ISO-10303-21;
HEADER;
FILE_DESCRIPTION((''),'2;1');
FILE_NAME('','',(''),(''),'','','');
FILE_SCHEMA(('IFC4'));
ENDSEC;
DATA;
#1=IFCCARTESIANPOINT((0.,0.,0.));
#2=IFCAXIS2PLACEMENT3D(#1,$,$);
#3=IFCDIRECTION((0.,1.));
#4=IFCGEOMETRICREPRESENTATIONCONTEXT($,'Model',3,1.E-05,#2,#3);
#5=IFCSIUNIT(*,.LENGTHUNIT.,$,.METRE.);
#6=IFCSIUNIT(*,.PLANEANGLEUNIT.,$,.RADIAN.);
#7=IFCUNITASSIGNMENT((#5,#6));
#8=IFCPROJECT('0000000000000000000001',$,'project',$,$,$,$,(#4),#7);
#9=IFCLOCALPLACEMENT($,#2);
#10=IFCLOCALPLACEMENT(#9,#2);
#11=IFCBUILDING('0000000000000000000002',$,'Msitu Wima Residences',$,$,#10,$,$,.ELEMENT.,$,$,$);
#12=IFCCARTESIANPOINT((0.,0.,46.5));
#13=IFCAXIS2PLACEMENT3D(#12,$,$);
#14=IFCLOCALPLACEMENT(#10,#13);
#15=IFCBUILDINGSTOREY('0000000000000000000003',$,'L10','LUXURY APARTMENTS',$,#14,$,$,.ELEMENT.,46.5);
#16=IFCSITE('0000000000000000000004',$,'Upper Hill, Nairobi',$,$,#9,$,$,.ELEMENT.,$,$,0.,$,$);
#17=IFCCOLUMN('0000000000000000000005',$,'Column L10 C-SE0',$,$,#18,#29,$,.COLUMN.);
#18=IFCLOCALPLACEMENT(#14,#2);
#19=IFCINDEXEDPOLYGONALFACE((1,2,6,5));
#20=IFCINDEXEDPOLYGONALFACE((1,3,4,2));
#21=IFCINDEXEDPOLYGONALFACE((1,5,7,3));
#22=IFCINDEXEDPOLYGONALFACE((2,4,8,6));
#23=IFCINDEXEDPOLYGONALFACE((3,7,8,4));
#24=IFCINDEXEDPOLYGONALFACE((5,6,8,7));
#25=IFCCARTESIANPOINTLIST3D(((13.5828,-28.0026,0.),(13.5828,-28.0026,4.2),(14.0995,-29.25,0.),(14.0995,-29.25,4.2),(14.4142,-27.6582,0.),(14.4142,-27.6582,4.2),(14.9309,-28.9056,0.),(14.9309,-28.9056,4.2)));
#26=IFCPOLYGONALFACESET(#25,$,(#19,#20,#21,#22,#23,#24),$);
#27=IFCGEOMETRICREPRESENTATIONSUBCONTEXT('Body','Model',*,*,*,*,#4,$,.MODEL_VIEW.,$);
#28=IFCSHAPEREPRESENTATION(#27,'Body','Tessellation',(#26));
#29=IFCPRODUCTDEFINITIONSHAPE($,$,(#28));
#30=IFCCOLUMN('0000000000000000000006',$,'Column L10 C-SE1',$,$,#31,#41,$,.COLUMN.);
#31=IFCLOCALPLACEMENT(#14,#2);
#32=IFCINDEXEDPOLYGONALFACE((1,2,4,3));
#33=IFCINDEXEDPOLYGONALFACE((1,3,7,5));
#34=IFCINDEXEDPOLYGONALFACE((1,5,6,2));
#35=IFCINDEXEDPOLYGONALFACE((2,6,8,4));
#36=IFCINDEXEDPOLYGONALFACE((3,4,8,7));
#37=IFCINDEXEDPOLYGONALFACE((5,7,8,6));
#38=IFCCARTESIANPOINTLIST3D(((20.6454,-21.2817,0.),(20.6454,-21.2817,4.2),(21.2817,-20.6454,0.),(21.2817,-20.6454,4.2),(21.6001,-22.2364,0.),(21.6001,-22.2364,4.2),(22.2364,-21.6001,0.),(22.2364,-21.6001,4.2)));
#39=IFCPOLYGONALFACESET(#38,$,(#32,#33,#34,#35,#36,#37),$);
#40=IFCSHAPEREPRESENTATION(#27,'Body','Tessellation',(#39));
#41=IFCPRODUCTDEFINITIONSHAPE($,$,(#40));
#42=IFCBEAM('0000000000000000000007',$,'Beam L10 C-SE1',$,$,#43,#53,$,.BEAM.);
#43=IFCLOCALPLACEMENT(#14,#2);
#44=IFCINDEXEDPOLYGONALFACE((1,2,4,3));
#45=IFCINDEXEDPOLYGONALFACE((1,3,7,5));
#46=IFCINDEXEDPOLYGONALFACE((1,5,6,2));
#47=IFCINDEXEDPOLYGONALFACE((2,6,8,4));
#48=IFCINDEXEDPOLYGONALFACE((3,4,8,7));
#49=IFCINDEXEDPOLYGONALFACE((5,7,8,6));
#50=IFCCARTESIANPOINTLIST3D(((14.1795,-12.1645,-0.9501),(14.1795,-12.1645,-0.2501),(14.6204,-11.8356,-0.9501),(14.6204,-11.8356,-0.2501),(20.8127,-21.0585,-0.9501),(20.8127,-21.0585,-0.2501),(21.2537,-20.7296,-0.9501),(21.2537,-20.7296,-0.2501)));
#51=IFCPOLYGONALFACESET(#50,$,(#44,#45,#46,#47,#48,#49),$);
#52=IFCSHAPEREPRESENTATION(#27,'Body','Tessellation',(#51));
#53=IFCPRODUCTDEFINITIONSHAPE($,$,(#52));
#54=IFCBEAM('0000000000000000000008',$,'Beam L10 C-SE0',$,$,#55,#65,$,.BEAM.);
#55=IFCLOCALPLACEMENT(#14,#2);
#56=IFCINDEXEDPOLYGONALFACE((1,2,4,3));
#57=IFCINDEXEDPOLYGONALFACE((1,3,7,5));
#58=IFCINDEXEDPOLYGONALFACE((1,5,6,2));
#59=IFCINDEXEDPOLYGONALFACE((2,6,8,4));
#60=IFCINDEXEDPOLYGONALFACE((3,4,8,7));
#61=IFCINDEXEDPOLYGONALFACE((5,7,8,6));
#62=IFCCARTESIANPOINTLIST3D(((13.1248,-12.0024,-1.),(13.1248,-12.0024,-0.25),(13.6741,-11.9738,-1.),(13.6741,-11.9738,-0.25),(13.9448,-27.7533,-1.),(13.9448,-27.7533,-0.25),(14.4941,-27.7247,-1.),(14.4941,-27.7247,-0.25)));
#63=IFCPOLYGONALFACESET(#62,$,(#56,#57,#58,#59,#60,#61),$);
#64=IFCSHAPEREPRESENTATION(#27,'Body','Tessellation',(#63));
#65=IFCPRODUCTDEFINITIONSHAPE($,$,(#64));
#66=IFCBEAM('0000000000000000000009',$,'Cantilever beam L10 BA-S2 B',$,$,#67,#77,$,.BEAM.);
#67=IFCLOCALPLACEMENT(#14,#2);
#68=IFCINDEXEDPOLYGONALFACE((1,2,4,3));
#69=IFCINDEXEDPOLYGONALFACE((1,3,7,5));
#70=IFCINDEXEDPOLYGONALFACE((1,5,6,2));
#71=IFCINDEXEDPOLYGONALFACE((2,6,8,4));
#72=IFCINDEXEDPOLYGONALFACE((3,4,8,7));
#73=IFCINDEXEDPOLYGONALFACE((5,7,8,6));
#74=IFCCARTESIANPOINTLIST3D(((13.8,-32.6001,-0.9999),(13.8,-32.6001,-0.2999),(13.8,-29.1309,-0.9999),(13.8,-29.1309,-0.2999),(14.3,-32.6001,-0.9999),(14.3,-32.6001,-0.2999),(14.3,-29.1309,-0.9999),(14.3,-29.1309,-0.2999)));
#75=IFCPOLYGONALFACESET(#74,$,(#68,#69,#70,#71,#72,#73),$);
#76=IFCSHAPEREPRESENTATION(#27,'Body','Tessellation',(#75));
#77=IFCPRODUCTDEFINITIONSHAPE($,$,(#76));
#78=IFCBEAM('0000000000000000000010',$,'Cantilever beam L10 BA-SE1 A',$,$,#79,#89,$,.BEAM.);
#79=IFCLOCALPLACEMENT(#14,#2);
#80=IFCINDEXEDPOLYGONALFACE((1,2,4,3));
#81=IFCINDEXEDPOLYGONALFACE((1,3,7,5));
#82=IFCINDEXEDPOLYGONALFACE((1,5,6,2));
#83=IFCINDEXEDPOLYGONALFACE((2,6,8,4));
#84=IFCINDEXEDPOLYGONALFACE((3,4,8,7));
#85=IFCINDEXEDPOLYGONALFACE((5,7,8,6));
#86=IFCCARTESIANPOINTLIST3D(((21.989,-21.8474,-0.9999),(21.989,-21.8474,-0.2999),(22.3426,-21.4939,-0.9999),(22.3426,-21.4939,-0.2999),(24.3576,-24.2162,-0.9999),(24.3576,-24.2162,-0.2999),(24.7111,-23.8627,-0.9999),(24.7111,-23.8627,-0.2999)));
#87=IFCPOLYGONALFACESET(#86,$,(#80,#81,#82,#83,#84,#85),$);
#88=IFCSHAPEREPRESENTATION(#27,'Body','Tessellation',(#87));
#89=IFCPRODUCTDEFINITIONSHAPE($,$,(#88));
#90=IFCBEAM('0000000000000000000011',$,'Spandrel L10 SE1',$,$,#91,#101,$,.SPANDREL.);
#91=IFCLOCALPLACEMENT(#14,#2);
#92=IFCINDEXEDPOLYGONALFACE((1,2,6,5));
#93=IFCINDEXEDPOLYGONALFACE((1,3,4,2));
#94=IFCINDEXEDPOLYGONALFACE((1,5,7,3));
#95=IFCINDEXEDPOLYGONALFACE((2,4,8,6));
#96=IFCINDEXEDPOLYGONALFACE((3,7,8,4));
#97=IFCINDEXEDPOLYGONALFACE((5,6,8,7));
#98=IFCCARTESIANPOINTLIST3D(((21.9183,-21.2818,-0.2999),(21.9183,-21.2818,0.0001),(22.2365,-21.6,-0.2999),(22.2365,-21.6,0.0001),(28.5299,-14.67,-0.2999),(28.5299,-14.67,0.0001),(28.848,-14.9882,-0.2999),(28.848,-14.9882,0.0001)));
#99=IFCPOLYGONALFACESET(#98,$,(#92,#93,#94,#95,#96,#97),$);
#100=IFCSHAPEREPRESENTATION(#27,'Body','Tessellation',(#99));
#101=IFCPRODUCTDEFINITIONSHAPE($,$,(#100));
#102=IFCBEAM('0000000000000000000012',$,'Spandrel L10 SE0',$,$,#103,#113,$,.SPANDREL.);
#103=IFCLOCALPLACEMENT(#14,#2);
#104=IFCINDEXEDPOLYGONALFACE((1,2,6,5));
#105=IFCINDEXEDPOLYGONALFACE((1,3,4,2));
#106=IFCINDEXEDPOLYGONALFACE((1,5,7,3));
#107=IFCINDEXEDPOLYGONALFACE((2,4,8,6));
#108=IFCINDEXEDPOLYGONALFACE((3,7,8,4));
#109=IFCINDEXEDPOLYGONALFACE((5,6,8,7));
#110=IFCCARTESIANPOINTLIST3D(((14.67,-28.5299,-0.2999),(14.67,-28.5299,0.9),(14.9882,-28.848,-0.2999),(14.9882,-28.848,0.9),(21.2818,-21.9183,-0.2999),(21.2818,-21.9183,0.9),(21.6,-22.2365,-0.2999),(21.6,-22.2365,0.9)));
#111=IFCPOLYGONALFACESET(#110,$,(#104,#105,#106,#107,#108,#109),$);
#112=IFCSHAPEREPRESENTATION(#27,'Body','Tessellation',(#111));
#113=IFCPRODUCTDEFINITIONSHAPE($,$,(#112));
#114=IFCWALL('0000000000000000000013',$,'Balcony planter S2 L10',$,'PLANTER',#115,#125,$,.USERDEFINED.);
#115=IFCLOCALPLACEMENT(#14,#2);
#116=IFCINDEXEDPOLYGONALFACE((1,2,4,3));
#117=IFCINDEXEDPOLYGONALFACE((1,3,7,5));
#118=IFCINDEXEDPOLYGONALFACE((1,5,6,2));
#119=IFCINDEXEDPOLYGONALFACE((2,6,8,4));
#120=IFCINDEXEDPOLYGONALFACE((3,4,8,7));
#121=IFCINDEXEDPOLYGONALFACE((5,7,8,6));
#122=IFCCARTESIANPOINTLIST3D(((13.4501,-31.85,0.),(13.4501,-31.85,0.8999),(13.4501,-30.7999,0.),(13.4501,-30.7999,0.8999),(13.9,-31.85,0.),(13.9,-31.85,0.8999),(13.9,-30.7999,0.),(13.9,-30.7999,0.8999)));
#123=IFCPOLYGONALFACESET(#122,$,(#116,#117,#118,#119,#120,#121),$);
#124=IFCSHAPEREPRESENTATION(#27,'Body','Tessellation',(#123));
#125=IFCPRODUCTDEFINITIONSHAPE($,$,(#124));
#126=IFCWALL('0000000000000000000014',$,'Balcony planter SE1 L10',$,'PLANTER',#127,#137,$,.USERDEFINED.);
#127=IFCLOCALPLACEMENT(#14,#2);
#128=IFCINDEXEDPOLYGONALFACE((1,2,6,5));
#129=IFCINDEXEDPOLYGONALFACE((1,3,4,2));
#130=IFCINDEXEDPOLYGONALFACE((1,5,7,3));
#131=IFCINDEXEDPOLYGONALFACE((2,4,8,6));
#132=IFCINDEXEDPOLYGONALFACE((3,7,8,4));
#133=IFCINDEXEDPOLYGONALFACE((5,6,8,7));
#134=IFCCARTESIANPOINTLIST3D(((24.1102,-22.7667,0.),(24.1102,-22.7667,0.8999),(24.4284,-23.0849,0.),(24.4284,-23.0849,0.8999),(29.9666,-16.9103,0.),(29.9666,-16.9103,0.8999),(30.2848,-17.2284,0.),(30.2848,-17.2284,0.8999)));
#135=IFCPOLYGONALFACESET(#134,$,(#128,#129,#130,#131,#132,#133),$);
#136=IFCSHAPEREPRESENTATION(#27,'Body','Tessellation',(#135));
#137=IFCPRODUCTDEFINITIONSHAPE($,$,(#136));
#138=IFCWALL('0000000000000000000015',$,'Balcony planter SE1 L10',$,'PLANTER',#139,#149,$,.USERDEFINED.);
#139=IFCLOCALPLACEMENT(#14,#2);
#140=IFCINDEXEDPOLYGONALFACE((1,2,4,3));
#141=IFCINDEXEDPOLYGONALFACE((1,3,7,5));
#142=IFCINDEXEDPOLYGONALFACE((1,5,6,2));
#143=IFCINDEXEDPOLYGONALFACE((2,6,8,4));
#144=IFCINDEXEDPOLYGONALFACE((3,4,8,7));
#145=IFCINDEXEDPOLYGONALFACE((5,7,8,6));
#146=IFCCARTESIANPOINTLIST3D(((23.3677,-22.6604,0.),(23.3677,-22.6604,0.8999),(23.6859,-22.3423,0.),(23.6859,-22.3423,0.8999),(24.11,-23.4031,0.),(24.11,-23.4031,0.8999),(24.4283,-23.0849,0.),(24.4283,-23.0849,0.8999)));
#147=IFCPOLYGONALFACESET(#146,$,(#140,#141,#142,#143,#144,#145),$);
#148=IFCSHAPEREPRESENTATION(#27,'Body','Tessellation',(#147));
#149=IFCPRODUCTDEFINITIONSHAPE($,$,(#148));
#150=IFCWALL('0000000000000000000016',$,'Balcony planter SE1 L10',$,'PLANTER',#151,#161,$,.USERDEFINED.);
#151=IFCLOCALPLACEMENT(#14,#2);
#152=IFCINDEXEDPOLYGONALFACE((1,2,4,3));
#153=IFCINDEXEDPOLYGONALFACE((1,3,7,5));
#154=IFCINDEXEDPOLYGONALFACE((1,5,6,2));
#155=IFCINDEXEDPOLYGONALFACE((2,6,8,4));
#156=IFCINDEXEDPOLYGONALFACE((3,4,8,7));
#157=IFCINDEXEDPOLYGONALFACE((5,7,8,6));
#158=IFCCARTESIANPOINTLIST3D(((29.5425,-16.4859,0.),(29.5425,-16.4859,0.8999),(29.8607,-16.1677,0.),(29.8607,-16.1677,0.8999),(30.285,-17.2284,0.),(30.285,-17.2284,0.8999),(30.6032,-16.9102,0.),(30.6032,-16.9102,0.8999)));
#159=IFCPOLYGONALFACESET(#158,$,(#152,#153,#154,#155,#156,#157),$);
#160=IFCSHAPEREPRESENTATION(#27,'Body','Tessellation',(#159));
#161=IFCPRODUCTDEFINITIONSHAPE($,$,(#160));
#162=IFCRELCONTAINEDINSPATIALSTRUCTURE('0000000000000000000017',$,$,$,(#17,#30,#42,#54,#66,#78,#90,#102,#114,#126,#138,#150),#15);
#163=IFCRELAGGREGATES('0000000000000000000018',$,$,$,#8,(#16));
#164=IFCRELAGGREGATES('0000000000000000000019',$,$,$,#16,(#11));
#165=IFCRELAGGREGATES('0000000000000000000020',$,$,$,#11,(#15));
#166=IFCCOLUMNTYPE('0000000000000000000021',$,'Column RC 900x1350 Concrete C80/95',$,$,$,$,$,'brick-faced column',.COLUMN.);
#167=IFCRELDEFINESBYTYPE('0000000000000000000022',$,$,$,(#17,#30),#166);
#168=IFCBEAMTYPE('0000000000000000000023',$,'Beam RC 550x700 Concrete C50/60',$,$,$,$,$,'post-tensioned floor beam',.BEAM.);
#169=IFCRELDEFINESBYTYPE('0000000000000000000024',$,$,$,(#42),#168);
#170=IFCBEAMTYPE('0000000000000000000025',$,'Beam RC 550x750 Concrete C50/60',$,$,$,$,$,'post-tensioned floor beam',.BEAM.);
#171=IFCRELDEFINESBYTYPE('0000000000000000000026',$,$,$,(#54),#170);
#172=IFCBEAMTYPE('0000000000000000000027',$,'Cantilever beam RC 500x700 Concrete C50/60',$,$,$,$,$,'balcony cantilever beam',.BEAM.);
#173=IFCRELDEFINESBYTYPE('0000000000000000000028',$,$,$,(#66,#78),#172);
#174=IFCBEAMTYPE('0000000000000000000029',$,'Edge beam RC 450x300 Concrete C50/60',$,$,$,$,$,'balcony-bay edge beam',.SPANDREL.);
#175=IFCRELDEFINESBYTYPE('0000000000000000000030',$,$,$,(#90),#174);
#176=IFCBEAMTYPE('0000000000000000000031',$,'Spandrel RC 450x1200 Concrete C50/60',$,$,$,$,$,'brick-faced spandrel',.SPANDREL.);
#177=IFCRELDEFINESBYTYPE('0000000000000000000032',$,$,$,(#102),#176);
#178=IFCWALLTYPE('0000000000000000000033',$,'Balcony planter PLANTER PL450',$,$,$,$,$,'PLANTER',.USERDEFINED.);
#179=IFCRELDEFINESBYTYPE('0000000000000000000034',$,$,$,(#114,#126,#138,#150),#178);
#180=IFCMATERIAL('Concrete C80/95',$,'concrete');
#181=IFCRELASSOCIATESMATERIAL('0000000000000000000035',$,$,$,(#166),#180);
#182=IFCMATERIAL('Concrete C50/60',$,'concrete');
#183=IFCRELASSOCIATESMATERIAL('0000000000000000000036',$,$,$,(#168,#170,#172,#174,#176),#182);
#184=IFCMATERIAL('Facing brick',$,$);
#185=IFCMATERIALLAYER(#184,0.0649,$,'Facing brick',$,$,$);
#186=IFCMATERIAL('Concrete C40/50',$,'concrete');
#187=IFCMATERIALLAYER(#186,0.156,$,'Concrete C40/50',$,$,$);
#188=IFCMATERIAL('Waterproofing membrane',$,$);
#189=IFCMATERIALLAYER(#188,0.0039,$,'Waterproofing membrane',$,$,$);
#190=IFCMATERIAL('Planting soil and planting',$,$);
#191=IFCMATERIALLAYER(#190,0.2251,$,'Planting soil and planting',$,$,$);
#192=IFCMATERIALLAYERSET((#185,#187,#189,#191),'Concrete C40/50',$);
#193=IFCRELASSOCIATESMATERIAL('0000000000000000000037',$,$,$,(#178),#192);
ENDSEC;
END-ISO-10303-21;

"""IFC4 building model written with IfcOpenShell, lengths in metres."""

from ifc_helpers import new_model, si_unit, direction, frame, frame_2d, origin, origin_2d, place, context, subcontext, project, spatial, rectangle, extrude, material, layer, layer_set, material_profile, profile_set, type_object, element, save


model = new_model("IFC4")

# Units and contexts
model_context = context("Model", 3, precision=1e-05, world=origin(), true_north=direction((0.0, 1.0)))
body_context = subcontext(model_context, "Body", "Model", "MODEL_VIEW")
ifc_project = project(units=[si_unit("LENGTHUNIT", "METRE"), si_unit("PLANEANGLEUNIT", "RADIAN")], contexts=[model_context])

# Site, building, storey
site_placement = place(None, origin())
site = spatial("IfcSite", under=ifc_project, at=site_placement, Name="Upper Hill, Nairobi", CompositionType="ELEMENT", RefElevation=0.0)
building_placement = place(site_placement, origin())
building = spatial("IfcBuilding", under=site, at=building_placement, Name="Msitu Wima Residences", CompositionType="ELEMENT")
storey_placement = place(building_placement, frame((0.0, 0.0, 46.5)))
storey = spatial("IfcBuildingStorey", under=building, at=storey_placement, Name="L10", Description="LUXURY APARTMENTS", CompositionType="ELEMENT", Elevation=46.5)

# Columns
ifc_material_1 = material(Name="Concrete C80/95", Category="concrete")
ifc_material_profile_1 = material_profile(ifc_material_1, rectangle(XDim=0.8999, YDim=1.3501, at=origin_2d()), Name="RC 900x1350")
ifc_profile_set_1 = profile_set([ifc_material_profile_1], Name="Concrete C80/95")
column_type = type_object("IfcColumnType", Name="Column RC 900x1350 Concrete C80/95", ElementType="brick-faced column", PredefinedType="COLUMN", material=ifc_profile_set_1)
for number, where, z_axis, x_axis, name in (
    (1, (14.2568, -28.4541, 0.0), (0.0, 0.0, 1.0), (0.92388, 0.382683, 0.0), "Column L10 C-SE0"),
    (2, (21.4409, -21.4409, 0.0), (0.0, 0.0, 1.0), (0.707107, 0.707107, 0.0), "Column L10 C-SE1"),
):
    element("IfcColumn", number, at=place(storey_placement, frame(where, z_axis=z_axis, x_axis=x_axis)), inside=storey, type_object=column_type, Name=name, PredefinedType="COLUMN", context=body_context, shape_type="SweptSolid", body=[
        extrude(rectangle(XDim=0.8999, YDim=1.3501, at=origin_2d()), origin(), (0.0, 0.0, 1.0), 4.2),
    ])

# Beams
ifc_material_2 = material(Name="Concrete C50/60", Category="concrete")
ifc_material_profile_2 = material_profile(ifc_material_2, rectangle(XDim=0.55, YDim=0.7, at=origin_2d()), Name="RC 550x700")
ifc_profile_set_2 = profile_set([ifc_material_profile_2], Name="Concrete C50/60")
beam_type_1 = type_object("IfcBeamType", Name="Beam RC 550x700 Concrete C50/60", ElementType="post-tensioned floor beam", PredefinedType="BEAM", material=ifc_profile_set_2)
beam_1_placement = place(storey_placement, frame((21.0332, -20.894, -0.6001), z_axis=(-0.59785, 0.801608, 0.0), x_axis=(-0.801608, -0.59785, 0.0)))
element("IfcBeam", 3, at=beam_1_placement, inside=storey, type_object=beam_type_1, Name="Beam L10 C-SE1", PredefinedType="BEAM", context=body_context, shape_type="SweptSolid", body=[
    extrude(rectangle(XDim=0.55, YDim=0.7, at=origin_2d()), origin(), (0.0, 0.0, 1.0), 11.0952),
])
ifc_material_profile_3 = material_profile(ifc_material_2, rectangle(XDim=0.55, YDim=0.75, at=origin_2d()), Name="RC 550x750")
ifc_profile_set_3 = profile_set([ifc_material_profile_3], Name="Concrete C50/60")
beam_type_2 = type_object("IfcBeamType", Name="Beam RC 550x750 Concrete C50/60", ElementType="post-tensioned floor beam", PredefinedType="BEAM", material=ifc_profile_set_3)
beam_2_placement = place(storey_placement, frame((14.2195, -27.739, -0.625), z_axis=(-0.051994, 0.998647, 0.0), x_axis=(-0.998647, -0.051994, 0.0)))
element("IfcBeam", 4, at=beam_2_placement, inside=storey, type_object=beam_type_2, Name="Beam L10 C-SE0", PredefinedType="BEAM", context=body_context, shape_type="SweptSolid", body=[
    extrude(rectangle(XDim=0.55, YDim=0.75, at=origin_2d()), origin(), (0.0, 0.0, 1.0), 15.7722),
])
ifc_material_profile_4 = material_profile(ifc_material_2, rectangle(XDim=0.5, YDim=0.7, at=origin_2d()), Name="RC 500x700")
ifc_profile_set_4 = profile_set([ifc_material_profile_4], Name="Concrete C50/60")
beam_type_3 = type_object("IfcBeamType", Name="Cantilever beam RC 500x700 Concrete C50/60", ElementType="balcony cantilever beam", PredefinedType="BEAM", material=ifc_profile_set_4)
beam_3_placement = place(storey_placement, frame((14.05, -29.1309, -0.6499), z_axis=(0.0, -1.0, 0.0), x_axis=(1.0, 0.0, 0.0)))
element("IfcBeam", 5, at=beam_3_placement, inside=storey, type_object=beam_type_3, Name="Cantilever beam L10 BA-S2 B", PredefinedType="BEAM", context=body_context, shape_type="SweptSolid", body=[
    extrude(rectangle(XDim=0.5, YDim=0.7, at=origin_2d()), origin(), (0.0, 0.0, 1.0), 3.4692),
])
beam_4_placement = place(storey_placement, frame((22.1658, -21.6707, -0.6499), z_axis=(0.70707, -0.707143, 0.0), x_axis=(0.707143, 0.70707, 0.0)))
element("IfcBeam", 6, at=beam_4_placement, inside=storey, type_object=beam_type_3, Name="Cantilever beam L10 BA-SE1 A", PredefinedType="BEAM", context=body_context, shape_type="SweptSolid", body=[
    extrude(rectangle(XDim=0.5, YDim=0.7, at=origin_2d()), origin(), (0.0, 0.0, 1.0), 3.3499),
])
ifc_material_profile_5 = material_profile(ifc_material_2, rectangle(XDim=0.45, YDim=0.3, at=origin_2d()), Name="RC 450x300")
ifc_profile_set_5 = profile_set([ifc_material_profile_5], Name="Concrete C50/60")
beam_type_4 = type_object("IfcBeamType", Name="Edge beam RC 450x300 Concrete C50/60", ElementType="balcony-bay edge beam", PredefinedType="SPANDREL", material=ifc_profile_set_5)
beam_5_placement = place(storey_placement, frame((22.0774, -21.4409, -0.1499), z_axis=(0.707094, 0.70712, 0.0), x_axis=(-0.70712, 0.707094, 0.0)))
element("IfcBeam", 7, at=beam_5_placement, inside=storey, type_object=beam_type_4, Name="Spandrel L10 SE1", PredefinedType="SPANDREL", context=body_context, shape_type="SweptSolid", body=[
    extrude(rectangle(XDim=0.45, YDim=0.3, at=origin_2d()), origin(), (0.0, 0.0, 1.0), 9.3503),
])
ifc_material_profile_6 = material_profile(ifc_material_2, rectangle(XDim=0.45, YDim=1.2, at=origin_2d()), Name="RC 450x1200")
ifc_profile_set_6 = profile_set([ifc_material_profile_6], Name="Concrete C50/60")
beam_type_5 = type_object("IfcBeamType", Name="Spandrel RC 450x1200 Concrete C50/60", ElementType="brick-faced spandrel", PredefinedType="SPANDREL", material=ifc_profile_set_6)
beam_6_placement = place(storey_placement, frame((14.8291, -28.689, 0.3), z_axis=(0.70712, 0.707094, 0.0), x_axis=(-0.707094, 0.70712, 0.0)))
element("IfcBeam", 8, at=beam_6_placement, inside=storey, type_object=beam_type_5, Name="Spandrel L10 SE0", PredefinedType="SPANDREL", context=body_context, shape_type="SweptSolid", body=[
    extrude(rectangle(XDim=0.45, YDim=1.2, at=origin_2d()), origin(), (0.0, 0.0, 1.0), 9.3503),
])

# Walls
ifc_material_3 = material(Name="Facing brick")
ifc_layer_1 = layer(ifc_material_3, 0.0649, Name="Facing brick")
ifc_material_4 = material(Name="Concrete C40/50", Category="concrete")
ifc_layer_2 = layer(ifc_material_4, 0.156, Name="Concrete C40/50")
ifc_material_5 = material(Name="Waterproofing membrane")
ifc_layer_3 = layer(ifc_material_5, 0.0039, Name="Waterproofing membrane")
ifc_material_6 = material(Name="Planting soil and planting")
ifc_layer_4 = layer(ifc_material_6, 0.2251, Name="Planting soil and planting")
ifc_layer_set_1 = layer_set([ifc_layer_1, ifc_layer_2, ifc_layer_3, ifc_layer_4], Name="Concrete C40/50")
wall_type_1 = type_object("IfcWallType", Name="Balcony planter PLANTER PL450", ElementType="PLANTER", PredefinedType="USERDEFINED", material=ifc_layer_set_1)
wall_1_placement = place(storey_placement, frame((13.675, -30.8, 0.0), z_axis=(0.0, 0.0, 1.0), x_axis=(0.0, -1.0, 0.0)))
element("IfcWall", 9, at=wall_1_placement, inside=storey, type_object=wall_type_1, Name="Balcony planter S2 L10", ObjectType="PLANTER", PredefinedType="USERDEFINED", context=body_context, shape_type="SweptSolid", body=[
    extrude(rectangle(XDim=1.05, YDim=0.45, at=frame_2d((0.5249, 0.0))), origin(), (0.0, 0.0, 1.0), 0.8999),
])
wall_2_placement = place(storey_placement, frame((24.2693, -22.9258, 0.0), z_axis=(0.0, 0.0, 1.0), x_axis=(0.707107, 0.707107, 0.0)))
element("IfcWall", 10, at=wall_2_placement, inside=storey, type_object=wall_type_1, Name="Balcony planter SE1 L10", ObjectType="PLANTER", PredefinedType="USERDEFINED", context=body_context, shape_type="SweptSolid", body=[
    extrude(rectangle(XDim=8.2822, YDim=0.45, at=frame_2d((4.1411, 0.0))), origin(), (0.0, 0.0, 1.0), 0.8999),
])
for number, where, z_axis, x_axis, name in (
    (11, (23.5269, -22.5015, 0.0), (0.0, 0.0, 1.0), (0.706991, -0.707223, 0.0), "Balcony planter SE1 L10"),
    (12, (29.7017, -16.3269, 0.0), (0.0, 0.0, 1.0), (0.707107, -0.707107, 0.0), "Balcony planter SE1 L10"),
):
    element("IfcWall", number, at=place(storey_placement, frame(where, z_axis=z_axis, x_axis=x_axis)), inside=storey, type_object=wall_type_1, Name=name, ObjectType="PLANTER", PredefinedType="USERDEFINED", context=body_context, shape_type="SweptSolid", body=[
        extrude(rectangle(XDim=1.05, YDim=0.45, at=frame_2d((0.5249, 0.0))), origin(), (0.0, 0.0, 1.0), 0.8999),
    ])

save(model, "model.ifc")
